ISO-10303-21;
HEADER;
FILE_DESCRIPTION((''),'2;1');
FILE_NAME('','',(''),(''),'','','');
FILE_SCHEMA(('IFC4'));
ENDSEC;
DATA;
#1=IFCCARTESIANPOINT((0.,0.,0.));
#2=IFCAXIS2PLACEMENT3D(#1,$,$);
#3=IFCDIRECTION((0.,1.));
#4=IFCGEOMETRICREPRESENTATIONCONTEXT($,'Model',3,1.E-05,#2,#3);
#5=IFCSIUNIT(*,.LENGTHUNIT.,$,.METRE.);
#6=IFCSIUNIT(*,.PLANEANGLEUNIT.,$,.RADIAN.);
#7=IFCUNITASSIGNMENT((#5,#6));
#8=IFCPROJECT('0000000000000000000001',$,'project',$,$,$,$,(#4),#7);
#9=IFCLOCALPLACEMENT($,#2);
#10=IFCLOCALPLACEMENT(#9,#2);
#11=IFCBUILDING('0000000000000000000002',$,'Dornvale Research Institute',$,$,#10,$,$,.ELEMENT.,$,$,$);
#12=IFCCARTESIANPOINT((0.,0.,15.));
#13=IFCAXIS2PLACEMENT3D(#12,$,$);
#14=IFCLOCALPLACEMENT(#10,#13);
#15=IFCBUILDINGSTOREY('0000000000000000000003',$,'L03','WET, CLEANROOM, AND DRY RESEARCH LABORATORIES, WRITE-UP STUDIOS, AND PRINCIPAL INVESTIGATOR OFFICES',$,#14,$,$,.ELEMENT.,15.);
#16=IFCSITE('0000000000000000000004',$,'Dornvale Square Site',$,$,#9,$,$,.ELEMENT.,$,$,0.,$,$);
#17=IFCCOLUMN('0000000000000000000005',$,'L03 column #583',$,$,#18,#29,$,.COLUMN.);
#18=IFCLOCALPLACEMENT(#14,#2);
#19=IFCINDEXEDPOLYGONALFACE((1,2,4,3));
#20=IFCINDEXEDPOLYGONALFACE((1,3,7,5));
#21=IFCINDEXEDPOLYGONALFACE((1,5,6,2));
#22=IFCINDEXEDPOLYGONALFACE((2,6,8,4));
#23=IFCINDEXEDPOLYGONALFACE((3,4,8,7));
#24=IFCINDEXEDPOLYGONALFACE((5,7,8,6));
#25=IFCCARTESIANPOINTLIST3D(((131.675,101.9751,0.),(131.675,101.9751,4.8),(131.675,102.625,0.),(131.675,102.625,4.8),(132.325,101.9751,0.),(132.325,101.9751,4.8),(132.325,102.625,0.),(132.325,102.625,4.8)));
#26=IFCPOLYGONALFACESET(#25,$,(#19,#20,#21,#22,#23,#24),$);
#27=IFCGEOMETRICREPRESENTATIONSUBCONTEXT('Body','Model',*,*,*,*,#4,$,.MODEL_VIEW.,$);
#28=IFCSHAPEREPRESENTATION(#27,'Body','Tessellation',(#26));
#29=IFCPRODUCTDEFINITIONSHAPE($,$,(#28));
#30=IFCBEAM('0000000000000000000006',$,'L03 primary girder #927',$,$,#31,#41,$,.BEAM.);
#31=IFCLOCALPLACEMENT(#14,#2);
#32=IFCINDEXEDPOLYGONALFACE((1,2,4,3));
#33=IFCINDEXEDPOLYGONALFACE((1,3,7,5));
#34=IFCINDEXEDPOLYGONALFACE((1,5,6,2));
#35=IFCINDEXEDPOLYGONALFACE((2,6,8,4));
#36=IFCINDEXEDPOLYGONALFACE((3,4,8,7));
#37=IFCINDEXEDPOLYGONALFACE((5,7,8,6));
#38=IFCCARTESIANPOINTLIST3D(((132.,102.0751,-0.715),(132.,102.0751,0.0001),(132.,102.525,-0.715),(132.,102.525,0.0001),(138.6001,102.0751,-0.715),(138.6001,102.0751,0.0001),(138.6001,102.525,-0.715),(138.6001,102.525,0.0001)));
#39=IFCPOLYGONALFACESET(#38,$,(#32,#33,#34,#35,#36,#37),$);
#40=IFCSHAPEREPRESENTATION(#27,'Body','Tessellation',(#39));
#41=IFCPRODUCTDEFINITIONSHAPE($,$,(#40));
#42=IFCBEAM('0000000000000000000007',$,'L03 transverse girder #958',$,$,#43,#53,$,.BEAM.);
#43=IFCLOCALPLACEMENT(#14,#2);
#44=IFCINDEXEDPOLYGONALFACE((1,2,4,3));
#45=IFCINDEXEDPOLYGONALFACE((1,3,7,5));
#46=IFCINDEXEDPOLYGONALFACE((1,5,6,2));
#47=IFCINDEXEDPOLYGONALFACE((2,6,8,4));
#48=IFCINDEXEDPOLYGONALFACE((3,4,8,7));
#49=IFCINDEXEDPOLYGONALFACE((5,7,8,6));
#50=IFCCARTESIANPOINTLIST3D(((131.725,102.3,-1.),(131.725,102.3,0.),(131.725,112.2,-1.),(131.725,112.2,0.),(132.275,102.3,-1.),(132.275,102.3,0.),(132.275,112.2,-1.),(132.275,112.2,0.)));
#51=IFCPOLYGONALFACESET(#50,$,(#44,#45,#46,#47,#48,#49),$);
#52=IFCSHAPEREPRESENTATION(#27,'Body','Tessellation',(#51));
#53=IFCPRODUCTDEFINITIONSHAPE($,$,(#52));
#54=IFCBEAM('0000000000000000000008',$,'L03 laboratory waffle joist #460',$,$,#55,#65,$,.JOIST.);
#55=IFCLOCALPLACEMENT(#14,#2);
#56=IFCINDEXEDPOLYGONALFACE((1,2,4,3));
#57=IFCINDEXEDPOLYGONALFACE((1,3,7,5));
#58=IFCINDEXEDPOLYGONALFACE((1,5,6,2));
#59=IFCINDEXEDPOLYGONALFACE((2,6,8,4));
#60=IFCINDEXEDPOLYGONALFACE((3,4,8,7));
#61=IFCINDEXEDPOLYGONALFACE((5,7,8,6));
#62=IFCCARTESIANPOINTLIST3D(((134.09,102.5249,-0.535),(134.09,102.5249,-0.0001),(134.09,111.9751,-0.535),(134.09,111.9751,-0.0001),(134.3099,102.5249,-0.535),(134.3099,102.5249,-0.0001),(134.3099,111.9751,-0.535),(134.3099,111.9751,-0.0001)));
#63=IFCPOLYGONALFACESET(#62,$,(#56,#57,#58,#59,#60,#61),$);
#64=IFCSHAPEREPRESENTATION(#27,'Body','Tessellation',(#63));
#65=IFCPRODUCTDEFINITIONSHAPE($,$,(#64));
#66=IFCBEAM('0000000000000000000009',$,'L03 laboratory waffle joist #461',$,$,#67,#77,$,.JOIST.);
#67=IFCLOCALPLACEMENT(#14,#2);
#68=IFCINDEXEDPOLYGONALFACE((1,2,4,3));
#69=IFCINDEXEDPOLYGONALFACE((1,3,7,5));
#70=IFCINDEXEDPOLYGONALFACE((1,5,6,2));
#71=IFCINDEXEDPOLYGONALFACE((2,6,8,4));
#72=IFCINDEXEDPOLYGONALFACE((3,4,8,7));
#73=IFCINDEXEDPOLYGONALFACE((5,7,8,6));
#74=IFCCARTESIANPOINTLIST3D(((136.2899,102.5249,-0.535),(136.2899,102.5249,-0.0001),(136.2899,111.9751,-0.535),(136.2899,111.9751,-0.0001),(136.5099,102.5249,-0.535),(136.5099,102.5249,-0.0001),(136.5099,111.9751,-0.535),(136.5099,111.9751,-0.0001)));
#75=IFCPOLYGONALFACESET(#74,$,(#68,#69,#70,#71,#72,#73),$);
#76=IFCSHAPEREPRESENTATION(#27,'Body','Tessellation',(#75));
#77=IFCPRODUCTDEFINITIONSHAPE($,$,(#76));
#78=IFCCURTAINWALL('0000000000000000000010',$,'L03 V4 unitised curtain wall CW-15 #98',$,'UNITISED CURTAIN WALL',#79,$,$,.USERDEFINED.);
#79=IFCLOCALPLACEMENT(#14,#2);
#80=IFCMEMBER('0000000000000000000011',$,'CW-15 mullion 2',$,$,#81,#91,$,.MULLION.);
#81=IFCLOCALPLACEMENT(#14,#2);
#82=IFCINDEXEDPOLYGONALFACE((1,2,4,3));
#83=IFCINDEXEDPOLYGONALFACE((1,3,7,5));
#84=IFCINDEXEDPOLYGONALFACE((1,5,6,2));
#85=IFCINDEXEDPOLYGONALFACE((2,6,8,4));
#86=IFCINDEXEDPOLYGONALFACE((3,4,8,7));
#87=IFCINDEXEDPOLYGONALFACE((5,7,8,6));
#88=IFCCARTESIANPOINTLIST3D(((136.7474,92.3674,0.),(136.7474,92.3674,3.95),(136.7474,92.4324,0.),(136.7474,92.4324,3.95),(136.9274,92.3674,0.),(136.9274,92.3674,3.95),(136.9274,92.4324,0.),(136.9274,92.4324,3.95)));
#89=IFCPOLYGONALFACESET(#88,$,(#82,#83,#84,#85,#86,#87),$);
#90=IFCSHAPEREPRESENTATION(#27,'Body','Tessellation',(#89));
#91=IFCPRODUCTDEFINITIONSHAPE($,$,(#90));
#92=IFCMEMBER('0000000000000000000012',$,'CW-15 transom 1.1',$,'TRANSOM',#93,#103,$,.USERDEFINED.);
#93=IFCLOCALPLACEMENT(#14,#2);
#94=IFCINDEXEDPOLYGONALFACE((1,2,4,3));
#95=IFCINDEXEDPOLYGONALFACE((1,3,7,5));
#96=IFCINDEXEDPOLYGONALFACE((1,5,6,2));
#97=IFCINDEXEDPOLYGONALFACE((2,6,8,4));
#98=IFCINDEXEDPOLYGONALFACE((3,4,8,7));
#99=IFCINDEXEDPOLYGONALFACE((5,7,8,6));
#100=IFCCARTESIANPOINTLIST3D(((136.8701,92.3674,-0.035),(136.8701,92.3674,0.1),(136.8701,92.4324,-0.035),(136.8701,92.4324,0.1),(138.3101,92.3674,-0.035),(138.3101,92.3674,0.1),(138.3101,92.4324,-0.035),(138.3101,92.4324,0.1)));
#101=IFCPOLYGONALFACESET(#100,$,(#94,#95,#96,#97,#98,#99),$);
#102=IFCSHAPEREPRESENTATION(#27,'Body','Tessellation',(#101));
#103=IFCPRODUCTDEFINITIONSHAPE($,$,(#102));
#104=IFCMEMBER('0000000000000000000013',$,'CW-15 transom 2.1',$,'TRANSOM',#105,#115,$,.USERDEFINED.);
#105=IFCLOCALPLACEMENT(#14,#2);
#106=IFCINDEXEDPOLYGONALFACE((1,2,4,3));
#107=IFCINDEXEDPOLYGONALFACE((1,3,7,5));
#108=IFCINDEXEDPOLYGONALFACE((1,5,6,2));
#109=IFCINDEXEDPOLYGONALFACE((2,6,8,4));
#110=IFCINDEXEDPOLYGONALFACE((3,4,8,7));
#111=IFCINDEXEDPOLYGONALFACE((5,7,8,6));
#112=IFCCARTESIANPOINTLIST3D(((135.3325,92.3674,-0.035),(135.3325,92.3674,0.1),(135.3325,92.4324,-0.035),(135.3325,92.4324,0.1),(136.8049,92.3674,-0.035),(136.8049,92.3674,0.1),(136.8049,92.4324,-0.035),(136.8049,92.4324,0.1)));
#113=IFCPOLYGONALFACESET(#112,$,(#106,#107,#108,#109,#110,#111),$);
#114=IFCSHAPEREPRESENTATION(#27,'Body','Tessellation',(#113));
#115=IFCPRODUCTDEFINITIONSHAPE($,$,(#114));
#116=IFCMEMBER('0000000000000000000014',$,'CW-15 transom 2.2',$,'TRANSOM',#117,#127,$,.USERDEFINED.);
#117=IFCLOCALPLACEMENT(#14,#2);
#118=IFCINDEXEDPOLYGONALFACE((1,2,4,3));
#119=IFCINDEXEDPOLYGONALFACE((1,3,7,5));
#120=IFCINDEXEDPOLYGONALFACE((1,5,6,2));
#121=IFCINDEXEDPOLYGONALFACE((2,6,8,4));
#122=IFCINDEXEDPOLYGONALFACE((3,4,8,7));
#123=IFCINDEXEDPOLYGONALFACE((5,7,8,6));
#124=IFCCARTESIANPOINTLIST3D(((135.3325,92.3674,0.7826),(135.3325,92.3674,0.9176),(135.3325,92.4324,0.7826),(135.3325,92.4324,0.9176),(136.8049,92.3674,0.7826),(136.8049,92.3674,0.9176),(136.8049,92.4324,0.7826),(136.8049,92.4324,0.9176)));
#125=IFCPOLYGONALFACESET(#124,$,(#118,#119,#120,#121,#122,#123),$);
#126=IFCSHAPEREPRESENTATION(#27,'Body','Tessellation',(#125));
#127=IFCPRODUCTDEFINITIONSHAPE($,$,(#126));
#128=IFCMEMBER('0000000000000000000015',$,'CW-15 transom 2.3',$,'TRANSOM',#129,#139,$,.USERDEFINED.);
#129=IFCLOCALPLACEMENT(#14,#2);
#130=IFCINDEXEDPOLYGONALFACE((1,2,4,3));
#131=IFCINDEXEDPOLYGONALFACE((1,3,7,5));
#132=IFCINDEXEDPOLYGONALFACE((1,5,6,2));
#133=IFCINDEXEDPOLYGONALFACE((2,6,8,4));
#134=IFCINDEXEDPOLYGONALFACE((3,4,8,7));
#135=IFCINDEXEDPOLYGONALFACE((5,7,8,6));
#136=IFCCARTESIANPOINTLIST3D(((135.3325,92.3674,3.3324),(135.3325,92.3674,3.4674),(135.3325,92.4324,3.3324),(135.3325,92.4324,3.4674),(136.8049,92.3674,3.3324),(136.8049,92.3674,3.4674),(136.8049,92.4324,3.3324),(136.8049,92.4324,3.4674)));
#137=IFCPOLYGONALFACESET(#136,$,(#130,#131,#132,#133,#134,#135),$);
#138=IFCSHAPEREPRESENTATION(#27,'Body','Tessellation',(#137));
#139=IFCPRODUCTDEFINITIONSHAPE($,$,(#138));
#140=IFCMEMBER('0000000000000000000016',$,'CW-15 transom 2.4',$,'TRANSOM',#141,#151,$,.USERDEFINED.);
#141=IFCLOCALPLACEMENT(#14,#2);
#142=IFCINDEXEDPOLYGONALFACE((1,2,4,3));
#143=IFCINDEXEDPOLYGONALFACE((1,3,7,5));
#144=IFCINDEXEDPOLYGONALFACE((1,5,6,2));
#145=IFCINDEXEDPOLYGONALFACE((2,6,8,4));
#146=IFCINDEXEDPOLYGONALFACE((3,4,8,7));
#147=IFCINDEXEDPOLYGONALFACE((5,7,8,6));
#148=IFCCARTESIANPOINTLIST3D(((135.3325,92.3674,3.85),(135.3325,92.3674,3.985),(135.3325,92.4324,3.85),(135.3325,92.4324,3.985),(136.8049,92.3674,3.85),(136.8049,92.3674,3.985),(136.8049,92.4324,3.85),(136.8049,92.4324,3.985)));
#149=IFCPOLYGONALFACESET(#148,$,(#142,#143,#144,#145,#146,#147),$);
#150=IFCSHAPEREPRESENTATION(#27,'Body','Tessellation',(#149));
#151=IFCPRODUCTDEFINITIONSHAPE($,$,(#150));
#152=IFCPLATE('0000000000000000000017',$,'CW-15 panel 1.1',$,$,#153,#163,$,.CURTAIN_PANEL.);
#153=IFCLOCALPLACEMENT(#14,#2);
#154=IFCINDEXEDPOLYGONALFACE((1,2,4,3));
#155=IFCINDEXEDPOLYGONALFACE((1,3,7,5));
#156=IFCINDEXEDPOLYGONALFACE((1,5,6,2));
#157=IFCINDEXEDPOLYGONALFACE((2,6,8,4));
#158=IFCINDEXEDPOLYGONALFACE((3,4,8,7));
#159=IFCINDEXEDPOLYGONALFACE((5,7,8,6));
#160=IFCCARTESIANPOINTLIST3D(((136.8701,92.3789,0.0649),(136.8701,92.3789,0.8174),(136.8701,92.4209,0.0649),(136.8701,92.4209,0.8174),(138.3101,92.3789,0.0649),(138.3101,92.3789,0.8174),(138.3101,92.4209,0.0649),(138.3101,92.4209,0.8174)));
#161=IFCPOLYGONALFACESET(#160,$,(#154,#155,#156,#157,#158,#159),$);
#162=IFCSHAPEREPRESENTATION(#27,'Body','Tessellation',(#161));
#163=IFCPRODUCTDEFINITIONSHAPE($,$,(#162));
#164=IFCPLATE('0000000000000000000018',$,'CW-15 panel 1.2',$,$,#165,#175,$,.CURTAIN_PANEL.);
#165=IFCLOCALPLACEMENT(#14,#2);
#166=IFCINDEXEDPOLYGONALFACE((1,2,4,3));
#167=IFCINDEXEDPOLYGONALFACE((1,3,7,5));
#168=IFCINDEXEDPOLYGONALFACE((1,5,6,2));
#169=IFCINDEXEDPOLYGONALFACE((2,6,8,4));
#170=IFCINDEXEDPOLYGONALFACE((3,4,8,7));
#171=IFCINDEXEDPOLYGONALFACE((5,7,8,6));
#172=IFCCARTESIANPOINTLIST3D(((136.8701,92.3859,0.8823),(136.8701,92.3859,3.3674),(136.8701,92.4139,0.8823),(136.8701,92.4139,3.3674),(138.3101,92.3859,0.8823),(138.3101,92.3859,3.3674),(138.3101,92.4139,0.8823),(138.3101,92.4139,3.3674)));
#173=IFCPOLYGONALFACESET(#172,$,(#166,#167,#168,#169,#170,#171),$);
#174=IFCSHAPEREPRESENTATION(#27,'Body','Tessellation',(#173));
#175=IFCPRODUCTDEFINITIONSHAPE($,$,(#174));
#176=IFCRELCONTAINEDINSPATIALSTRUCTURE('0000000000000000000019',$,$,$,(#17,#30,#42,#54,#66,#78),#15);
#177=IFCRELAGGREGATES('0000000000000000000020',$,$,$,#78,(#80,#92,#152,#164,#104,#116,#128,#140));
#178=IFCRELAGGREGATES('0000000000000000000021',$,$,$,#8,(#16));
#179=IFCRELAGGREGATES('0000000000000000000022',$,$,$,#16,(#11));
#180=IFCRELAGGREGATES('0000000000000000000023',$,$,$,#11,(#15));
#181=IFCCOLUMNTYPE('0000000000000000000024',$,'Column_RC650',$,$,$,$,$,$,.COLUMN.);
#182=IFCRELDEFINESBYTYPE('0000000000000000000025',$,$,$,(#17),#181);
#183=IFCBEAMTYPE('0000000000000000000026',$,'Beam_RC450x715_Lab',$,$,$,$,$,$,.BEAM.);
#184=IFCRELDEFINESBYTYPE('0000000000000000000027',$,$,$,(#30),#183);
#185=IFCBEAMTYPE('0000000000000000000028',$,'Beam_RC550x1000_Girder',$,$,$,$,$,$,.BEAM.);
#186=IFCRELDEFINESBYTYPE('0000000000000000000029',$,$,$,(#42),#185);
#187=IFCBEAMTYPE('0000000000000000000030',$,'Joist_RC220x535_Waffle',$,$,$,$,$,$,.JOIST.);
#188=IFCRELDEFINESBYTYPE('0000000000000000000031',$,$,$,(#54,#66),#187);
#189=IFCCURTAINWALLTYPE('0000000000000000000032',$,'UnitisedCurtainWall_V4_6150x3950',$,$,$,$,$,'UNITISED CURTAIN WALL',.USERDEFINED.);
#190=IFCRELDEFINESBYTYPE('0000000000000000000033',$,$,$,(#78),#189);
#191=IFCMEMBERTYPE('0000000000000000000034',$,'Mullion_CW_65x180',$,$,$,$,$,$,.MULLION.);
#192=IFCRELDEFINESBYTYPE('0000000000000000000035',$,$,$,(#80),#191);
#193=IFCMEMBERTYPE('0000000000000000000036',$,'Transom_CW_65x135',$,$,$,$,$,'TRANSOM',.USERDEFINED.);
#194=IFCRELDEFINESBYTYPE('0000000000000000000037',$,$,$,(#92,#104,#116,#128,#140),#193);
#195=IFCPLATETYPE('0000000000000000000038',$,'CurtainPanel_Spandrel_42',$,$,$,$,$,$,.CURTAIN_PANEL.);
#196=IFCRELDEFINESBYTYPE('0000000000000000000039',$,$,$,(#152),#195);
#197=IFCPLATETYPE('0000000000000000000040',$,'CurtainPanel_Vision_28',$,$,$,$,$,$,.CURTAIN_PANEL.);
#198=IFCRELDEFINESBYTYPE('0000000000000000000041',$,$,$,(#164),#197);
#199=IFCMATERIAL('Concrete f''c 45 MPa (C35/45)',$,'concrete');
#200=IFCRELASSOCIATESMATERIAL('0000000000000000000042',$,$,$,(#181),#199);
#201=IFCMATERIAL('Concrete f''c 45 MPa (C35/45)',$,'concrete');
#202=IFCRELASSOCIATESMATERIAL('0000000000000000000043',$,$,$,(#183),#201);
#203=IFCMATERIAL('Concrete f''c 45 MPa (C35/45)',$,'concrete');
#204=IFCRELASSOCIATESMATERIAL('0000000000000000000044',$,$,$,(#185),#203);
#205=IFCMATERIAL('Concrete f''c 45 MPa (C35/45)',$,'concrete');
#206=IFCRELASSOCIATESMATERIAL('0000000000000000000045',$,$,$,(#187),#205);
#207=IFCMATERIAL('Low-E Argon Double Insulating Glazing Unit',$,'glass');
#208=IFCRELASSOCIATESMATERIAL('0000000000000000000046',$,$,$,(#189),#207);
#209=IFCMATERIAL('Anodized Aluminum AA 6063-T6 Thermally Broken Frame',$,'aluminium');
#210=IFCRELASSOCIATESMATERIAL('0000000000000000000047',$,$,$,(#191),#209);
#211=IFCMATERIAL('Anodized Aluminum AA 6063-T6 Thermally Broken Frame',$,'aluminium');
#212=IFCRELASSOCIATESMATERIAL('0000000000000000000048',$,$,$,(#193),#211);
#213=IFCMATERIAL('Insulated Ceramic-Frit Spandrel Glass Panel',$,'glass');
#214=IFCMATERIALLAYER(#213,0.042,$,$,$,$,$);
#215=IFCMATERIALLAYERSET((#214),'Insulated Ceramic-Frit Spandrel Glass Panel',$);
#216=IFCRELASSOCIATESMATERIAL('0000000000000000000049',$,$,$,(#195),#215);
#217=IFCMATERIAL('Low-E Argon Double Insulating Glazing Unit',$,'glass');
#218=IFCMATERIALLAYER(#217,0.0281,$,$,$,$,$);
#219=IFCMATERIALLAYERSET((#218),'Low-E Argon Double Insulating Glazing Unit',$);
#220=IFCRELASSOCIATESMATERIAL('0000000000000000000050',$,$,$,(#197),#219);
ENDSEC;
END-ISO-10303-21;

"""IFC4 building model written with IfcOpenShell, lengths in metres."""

from ifc_helpers import new_model, si_unit, direction, frame, origin, origin_2d, place, context, subcontext, project, spatial, rectangle, extrude, material, layer, layer_set, material_profile, profile_set, type_object, element, aggregate, save


model = new_model("IFC4")

# Units and contexts
model_context = context("Model", 3, precision=1e-05, world=origin(), true_north=direction((0.0, 1.0)))
body_context = subcontext(model_context, "Body", "Model", "MODEL_VIEW")
ifc_project = project(units=[si_unit("LENGTHUNIT", "METRE"), si_unit("PLANEANGLEUNIT", "RADIAN")], contexts=[model_context])

# Site, building, storey
site_placement = place(None, origin())
site = spatial("IfcSite", under=ifc_project, at=site_placement, Name="Dornvale Square Site", CompositionType="ELEMENT", RefElevation=0.0)
building_placement = place(site_placement, origin())
building = spatial("IfcBuilding", under=site, at=building_placement, Name="Dornvale Research Institute", CompositionType="ELEMENT")
storey_placement = place(building_placement, frame((0.0, 0.0, 15.0)))
storey = spatial("IfcBuildingStorey", under=building, at=storey_placement, Name="L03", Description="WET, CLEANROOM, AND DRY RESEARCH LABORATORIES, WRITE-UP STUDIOS, AND PRINCIPAL INVESTIGATOR OFFICES", CompositionType="ELEMENT", Elevation=15.0)

# Column
ifc_material_1 = material(Name="Concrete f'c 45 MPa (C35/45)", Category="concrete")
ifc_material_profile_1 = material_profile(ifc_material_1, rectangle(XDim=0.6499, YDim=0.6499, at=origin_2d()), Name="RC 650x650")
ifc_profile_set_1 = profile_set([ifc_material_profile_1], Name="Concrete f'c 45 MPa (C35/45)")
column_type = type_object("IfcColumnType", Name="Column_RC650", PredefinedType="COLUMN", material=ifc_profile_set_1)
column_placement = place(storey_placement, frame((132.0, 102.3, 0.0), z_axis=(0.0, 0.0, 1.0), x_axis=(1.0, 0.0, 0.0)))
element("IfcColumn", 1, at=column_placement, inside=storey, type_object=column_type, Name="L03 column #583", PredefinedType="COLUMN", context=body_context, shape_type="SweptSolid", body=[
    extrude(rectangle(XDim=0.6499, YDim=0.6499, at=origin_2d()), origin(), (0.0, 0.0, 1.0), 4.8),
])

# Beams
ifc_material_2 = material(Name="Concrete f'c 45 MPa (C35/45)", Category="concrete")
ifc_material_profile_2 = material_profile(ifc_material_2, rectangle(XDim=0.45, YDim=0.7151, at=origin_2d()), Name="RC 450x715")
ifc_profile_set_2 = profile_set([ifc_material_profile_2], Name="Concrete f'c 45 MPa (C35/45)")
beam_type_1 = type_object("IfcBeamType", Name="Beam_RC450x715_Lab", PredefinedType="BEAM", material=ifc_profile_set_2)
beam_1_placement = place(storey_placement, frame((132.0, 102.3, -0.3574), z_axis=(1.0, 0.0, 0.0), x_axis=(0.0, 1.0, 0.0)))
element("IfcBeam", 2, at=beam_1_placement, inside=storey, type_object=beam_type_1, Name="L03 primary girder #927", PredefinedType="BEAM", context=body_context, shape_type="SweptSolid", body=[
    extrude(rectangle(XDim=0.45, YDim=0.7151, at=origin_2d()), origin(), (0.0, 0.0, 1.0), 6.6001),
])
ifc_material_3 = material(Name="Concrete f'c 45 MPa (C35/45)", Category="concrete")
ifc_material_profile_3 = material_profile(ifc_material_3, rectangle(XDim=0.55, YDim=1.0, at=origin_2d()), Name="RC 550x1000")
ifc_profile_set_3 = profile_set([ifc_material_profile_3], Name="Concrete f'c 45 MPa (C35/45)")
beam_type_2 = type_object("IfcBeamType", Name="Beam_RC550x1000_Girder", PredefinedType="BEAM", material=ifc_profile_set_3)
beam_2_placement = place(storey_placement, frame((132.0, 102.3, -0.5), z_axis=(0.0, 1.0, 0.0), x_axis=(-1.0, 0.0, 0.0)))
element("IfcBeam", 3, at=beam_2_placement, inside=storey, type_object=beam_type_2, Name="L03 transverse girder #958", PredefinedType="BEAM", context=body_context, shape_type="SweptSolid", body=[
    extrude(rectangle(XDim=0.55, YDim=1.0, at=origin_2d()), origin(), (0.0, 0.0, 1.0), 9.8999),
])
ifc_material_4 = material(Name="Concrete f'c 45 MPa (C35/45)", Category="concrete")
ifc_material_profile_4 = material_profile(ifc_material_4, rectangle(XDim=0.22, YDim=0.5349, at=origin_2d()), Name="RC 220x535")
ifc_profile_set_4 = profile_set([ifc_material_profile_4], Name="Concrete f'c 45 MPa (C35/45)")
beam_type_3 = type_object("IfcBeamType", Name="Joist_RC220x535_Waffle", PredefinedType="JOIST", material=ifc_profile_set_4)
for number, where, z_axis, x_axis, name in (
    (4, (134.2, 102.5249, -0.2676), (0.0, 1.0, 0.0), (-1.0, 0.0, 0.0), "L03 laboratory waffle joist #460"),
    (5, (136.3999, 102.5249, -0.2676), (0.0, 1.0, 0.0), (-1.0, 0.0, 0.0), "L03 laboratory waffle joist #461"),
):
    element("IfcBeam", number, at=place(storey_placement, frame(where, z_axis=z_axis, x_axis=x_axis)), inside=storey, type_object=beam_type_3, Name=name, PredefinedType="JOIST", context=body_context, shape_type="SweptSolid", body=[
        extrude(rectangle(XDim=0.22, YDim=0.5349, at=origin_2d()), origin(), (0.0, 0.0, 1.0), 9.4502),
    ])

# Curtain wall, members, plates
ifc_material_5 = material(Name="Low-E Argon Double Insulating Glazing Unit", Category="glass")
curtain_wall_type = type_object("IfcCurtainWallType", Name="UnitisedCurtainWall_V4_6150x3950", ElementType="UNITISED CURTAIN WALL", PredefinedType="USERDEFINED", material=ifc_material_5)
curtain_wall_placement = place(storey_placement, origin())
curtain_wall = element("IfcCurtainWall", 6, at=curtain_wall_placement, inside=storey, type_object=curtain_wall_type, Name="L03 V4 unitised curtain wall CW-15 #98", ObjectType="UNITISED CURTAIN WALL", PredefinedType="USERDEFINED")
ifc_material_6 = material(Name="Anodized Aluminum AA 6063-T6 Thermally Broken Frame", Category="aluminium")
ifc_material_profile_5 = material_profile(ifc_material_6, rectangle(XDim=0.0649, YDim=0.1799, at=origin_2d()), Name="ALU MULLION 65x180")
ifc_profile_set_5 = profile_set([ifc_material_profile_5], Name="Anodized Aluminum AA 6063-T6 Thermally Broken Frame")
member_type_1 = type_object("IfcMemberType", Name="Mullion_CW_65x180", PredefinedType="MULLION", material=ifc_profile_set_5)
member_1_placement = place(storey_placement, frame((136.8374, 92.3999, 0.0), z_axis=(0.0, 0.0, 1.0), x_axis=(0.0, -1.0, 0.0)))
member_1 = element("IfcMember", 7, at=member_1_placement, type_object=member_type_1, Name="CW-15 mullion 2", PredefinedType="MULLION", context=body_context, shape_type="SweptSolid", body=[
    extrude(rectangle(XDim=0.0649, YDim=0.1799, at=origin_2d()), origin(), (0.0, 0.0, 1.0), 3.95),
])
ifc_material_7 = material(Name="Anodized Aluminum AA 6063-T6 Thermally Broken Frame", Category="aluminium")
ifc_material_profile_6 = material_profile(ifc_material_7, rectangle(XDim=0.0649, YDim=0.135, at=origin_2d()), Name="ALU TRANSOM 65x135")
ifc_profile_set_6 = profile_set([ifc_material_profile_6], Name="Anodized Aluminum AA 6063-T6 Thermally Broken Frame")
member_type_2 = type_object("IfcMemberType", Name="Transom_CW_65x135", ElementType="TRANSOM", PredefinedType="USERDEFINED", material=ifc_profile_set_6)
member_2_placement = place(storey_placement, frame((138.3101, 92.3999, 0.0325), z_axis=(-1.0, 0.0, 0.0), x_axis=(0.0, -1.0, 0.0)))
member_2 = element("IfcMember", 8, at=member_2_placement, type_object=member_type_2, Name="CW-15 transom 1.1", ObjectType="TRANSOM", PredefinedType="USERDEFINED", context=body_context, shape_type="SweptSolid", body=[
    extrude(rectangle(XDim=0.0649, YDim=0.135, at=origin_2d()), origin(), (0.0, 0.0, 1.0), 1.4399),
])
member_3_placement = place(storey_placement, frame((136.8049, 92.3999, 0.0325), z_axis=(-1.0, 0.0, 0.0), x_axis=(0.0, -1.0, 0.0)))
member_3 = element("IfcMember", 9, at=member_3_placement, type_object=member_type_2, Name="CW-15 transom 2.1", ObjectType="TRANSOM", PredefinedType="USERDEFINED", context=body_context, shape_type="SweptSolid", body=[
    extrude(rectangle(XDim=0.0649, YDim=0.135, at=origin_2d()), origin(), (0.0, 0.0, 1.0), 1.4724),
])
member_4_placement = place(storey_placement, frame((136.8049, 92.3999, 0.8501), z_axis=(-1.0, 0.0, 0.0), x_axis=(0.0, -1.0, 0.0)))
member_4 = element("IfcMember", 10, at=member_4_placement, type_object=member_type_2, Name="CW-15 transom 2.2", ObjectType="TRANSOM", PredefinedType="USERDEFINED", context=body_context, shape_type="SweptSolid", body=[
    extrude(rectangle(XDim=0.0649, YDim=0.135, at=origin_2d()), origin(), (0.0, 0.0, 1.0), 1.4724),
])
member_5_placement = place(storey_placement, frame((136.8049, 92.3999, 3.3999), z_axis=(-1.0, 0.0, 0.0), x_axis=(0.0, -1.0, 0.0)))
member_5 = element("IfcMember", 11, at=member_5_placement, type_object=member_type_2, Name="CW-15 transom 2.3", ObjectType="TRANSOM", PredefinedType="USERDEFINED", context=body_context, shape_type="SweptSolid", body=[
    extrude(rectangle(XDim=0.0649, YDim=0.135, at=origin_2d()), origin(), (0.0, 0.0, 1.0), 1.4724),
])
member_6_placement = place(storey_placement, frame((136.8049, 92.3999, 3.9175), z_axis=(-1.0, 0.0, 0.0), x_axis=(0.0, -1.0, 0.0)))
member_6 = element("IfcMember", 12, at=member_6_placement, type_object=member_type_2, Name="CW-15 transom 2.4", ObjectType="TRANSOM", PredefinedType="USERDEFINED", context=body_context, shape_type="SweptSolid", body=[
    extrude(rectangle(XDim=0.0649, YDim=0.135, at=origin_2d()), origin(), (0.0, 0.0, 1.0), 1.4724),
])
ifc_material_8 = material(Name="Insulated Ceramic-Frit Spandrel Glass Panel", Category="glass")
ifc_layer_1 = layer(ifc_material_8, 0.042)
ifc_layer_set_1 = layer_set([ifc_layer_1], Name="Insulated Ceramic-Frit Spandrel Glass Panel")
plate_type_1 = type_object("IfcPlateType", Name="CurtainPanel_Spandrel_42", PredefinedType="CURTAIN_PANEL", material=ifc_layer_set_1)
plate_1_placement = place(storey_placement, frame((137.5901, 92.3999, 0.0649), z_axis=(0.0, 0.0, 1.0), x_axis=(-1.0, 0.0, 0.0)))
plate_1 = element("IfcPlate", 13, at=plate_1_placement, type_object=plate_type_1, Name="CW-15 panel 1.1", PredefinedType="CURTAIN_PANEL", context=body_context, shape_type="SweptSolid", body=[
    extrude(rectangle(XDim=1.4399, YDim=0.042, at=origin_2d()), origin(), (0.0, 0.0, 1.0), 0.7524),
])
ifc_material_9 = material(Name="Low-E Argon Double Insulating Glazing Unit", Category="glass")
ifc_layer_2 = layer(ifc_material_9, 0.0281)
ifc_layer_set_2 = layer_set([ifc_layer_2], Name="Low-E Argon Double Insulating Glazing Unit")
plate_type_2 = type_object("IfcPlateType", Name="CurtainPanel_Vision_28", PredefinedType="CURTAIN_PANEL", material=ifc_layer_set_2)
plate_2_placement = place(storey_placement, frame((137.5901, 92.3999, 0.8823), z_axis=(0.0, 0.0, 1.0), x_axis=(-1.0, 0.0, 0.0)))
plate_2 = element("IfcPlate", 14, at=plate_2_placement, type_object=plate_type_2, Name="CW-15 panel 1.2", PredefinedType="CURTAIN_PANEL", context=body_context, shape_type="SweptSolid", body=[
    extrude(rectangle(XDim=1.4399, YDim=0.0281, at=origin_2d()), origin(), (0.0, 0.0, 1.0), 2.4851),
])
aggregate(curtain_wall, [member_1, member_2, plate_1, plate_2, member_3, member_4, member_5, member_6])

save(model, "model.ifc")
